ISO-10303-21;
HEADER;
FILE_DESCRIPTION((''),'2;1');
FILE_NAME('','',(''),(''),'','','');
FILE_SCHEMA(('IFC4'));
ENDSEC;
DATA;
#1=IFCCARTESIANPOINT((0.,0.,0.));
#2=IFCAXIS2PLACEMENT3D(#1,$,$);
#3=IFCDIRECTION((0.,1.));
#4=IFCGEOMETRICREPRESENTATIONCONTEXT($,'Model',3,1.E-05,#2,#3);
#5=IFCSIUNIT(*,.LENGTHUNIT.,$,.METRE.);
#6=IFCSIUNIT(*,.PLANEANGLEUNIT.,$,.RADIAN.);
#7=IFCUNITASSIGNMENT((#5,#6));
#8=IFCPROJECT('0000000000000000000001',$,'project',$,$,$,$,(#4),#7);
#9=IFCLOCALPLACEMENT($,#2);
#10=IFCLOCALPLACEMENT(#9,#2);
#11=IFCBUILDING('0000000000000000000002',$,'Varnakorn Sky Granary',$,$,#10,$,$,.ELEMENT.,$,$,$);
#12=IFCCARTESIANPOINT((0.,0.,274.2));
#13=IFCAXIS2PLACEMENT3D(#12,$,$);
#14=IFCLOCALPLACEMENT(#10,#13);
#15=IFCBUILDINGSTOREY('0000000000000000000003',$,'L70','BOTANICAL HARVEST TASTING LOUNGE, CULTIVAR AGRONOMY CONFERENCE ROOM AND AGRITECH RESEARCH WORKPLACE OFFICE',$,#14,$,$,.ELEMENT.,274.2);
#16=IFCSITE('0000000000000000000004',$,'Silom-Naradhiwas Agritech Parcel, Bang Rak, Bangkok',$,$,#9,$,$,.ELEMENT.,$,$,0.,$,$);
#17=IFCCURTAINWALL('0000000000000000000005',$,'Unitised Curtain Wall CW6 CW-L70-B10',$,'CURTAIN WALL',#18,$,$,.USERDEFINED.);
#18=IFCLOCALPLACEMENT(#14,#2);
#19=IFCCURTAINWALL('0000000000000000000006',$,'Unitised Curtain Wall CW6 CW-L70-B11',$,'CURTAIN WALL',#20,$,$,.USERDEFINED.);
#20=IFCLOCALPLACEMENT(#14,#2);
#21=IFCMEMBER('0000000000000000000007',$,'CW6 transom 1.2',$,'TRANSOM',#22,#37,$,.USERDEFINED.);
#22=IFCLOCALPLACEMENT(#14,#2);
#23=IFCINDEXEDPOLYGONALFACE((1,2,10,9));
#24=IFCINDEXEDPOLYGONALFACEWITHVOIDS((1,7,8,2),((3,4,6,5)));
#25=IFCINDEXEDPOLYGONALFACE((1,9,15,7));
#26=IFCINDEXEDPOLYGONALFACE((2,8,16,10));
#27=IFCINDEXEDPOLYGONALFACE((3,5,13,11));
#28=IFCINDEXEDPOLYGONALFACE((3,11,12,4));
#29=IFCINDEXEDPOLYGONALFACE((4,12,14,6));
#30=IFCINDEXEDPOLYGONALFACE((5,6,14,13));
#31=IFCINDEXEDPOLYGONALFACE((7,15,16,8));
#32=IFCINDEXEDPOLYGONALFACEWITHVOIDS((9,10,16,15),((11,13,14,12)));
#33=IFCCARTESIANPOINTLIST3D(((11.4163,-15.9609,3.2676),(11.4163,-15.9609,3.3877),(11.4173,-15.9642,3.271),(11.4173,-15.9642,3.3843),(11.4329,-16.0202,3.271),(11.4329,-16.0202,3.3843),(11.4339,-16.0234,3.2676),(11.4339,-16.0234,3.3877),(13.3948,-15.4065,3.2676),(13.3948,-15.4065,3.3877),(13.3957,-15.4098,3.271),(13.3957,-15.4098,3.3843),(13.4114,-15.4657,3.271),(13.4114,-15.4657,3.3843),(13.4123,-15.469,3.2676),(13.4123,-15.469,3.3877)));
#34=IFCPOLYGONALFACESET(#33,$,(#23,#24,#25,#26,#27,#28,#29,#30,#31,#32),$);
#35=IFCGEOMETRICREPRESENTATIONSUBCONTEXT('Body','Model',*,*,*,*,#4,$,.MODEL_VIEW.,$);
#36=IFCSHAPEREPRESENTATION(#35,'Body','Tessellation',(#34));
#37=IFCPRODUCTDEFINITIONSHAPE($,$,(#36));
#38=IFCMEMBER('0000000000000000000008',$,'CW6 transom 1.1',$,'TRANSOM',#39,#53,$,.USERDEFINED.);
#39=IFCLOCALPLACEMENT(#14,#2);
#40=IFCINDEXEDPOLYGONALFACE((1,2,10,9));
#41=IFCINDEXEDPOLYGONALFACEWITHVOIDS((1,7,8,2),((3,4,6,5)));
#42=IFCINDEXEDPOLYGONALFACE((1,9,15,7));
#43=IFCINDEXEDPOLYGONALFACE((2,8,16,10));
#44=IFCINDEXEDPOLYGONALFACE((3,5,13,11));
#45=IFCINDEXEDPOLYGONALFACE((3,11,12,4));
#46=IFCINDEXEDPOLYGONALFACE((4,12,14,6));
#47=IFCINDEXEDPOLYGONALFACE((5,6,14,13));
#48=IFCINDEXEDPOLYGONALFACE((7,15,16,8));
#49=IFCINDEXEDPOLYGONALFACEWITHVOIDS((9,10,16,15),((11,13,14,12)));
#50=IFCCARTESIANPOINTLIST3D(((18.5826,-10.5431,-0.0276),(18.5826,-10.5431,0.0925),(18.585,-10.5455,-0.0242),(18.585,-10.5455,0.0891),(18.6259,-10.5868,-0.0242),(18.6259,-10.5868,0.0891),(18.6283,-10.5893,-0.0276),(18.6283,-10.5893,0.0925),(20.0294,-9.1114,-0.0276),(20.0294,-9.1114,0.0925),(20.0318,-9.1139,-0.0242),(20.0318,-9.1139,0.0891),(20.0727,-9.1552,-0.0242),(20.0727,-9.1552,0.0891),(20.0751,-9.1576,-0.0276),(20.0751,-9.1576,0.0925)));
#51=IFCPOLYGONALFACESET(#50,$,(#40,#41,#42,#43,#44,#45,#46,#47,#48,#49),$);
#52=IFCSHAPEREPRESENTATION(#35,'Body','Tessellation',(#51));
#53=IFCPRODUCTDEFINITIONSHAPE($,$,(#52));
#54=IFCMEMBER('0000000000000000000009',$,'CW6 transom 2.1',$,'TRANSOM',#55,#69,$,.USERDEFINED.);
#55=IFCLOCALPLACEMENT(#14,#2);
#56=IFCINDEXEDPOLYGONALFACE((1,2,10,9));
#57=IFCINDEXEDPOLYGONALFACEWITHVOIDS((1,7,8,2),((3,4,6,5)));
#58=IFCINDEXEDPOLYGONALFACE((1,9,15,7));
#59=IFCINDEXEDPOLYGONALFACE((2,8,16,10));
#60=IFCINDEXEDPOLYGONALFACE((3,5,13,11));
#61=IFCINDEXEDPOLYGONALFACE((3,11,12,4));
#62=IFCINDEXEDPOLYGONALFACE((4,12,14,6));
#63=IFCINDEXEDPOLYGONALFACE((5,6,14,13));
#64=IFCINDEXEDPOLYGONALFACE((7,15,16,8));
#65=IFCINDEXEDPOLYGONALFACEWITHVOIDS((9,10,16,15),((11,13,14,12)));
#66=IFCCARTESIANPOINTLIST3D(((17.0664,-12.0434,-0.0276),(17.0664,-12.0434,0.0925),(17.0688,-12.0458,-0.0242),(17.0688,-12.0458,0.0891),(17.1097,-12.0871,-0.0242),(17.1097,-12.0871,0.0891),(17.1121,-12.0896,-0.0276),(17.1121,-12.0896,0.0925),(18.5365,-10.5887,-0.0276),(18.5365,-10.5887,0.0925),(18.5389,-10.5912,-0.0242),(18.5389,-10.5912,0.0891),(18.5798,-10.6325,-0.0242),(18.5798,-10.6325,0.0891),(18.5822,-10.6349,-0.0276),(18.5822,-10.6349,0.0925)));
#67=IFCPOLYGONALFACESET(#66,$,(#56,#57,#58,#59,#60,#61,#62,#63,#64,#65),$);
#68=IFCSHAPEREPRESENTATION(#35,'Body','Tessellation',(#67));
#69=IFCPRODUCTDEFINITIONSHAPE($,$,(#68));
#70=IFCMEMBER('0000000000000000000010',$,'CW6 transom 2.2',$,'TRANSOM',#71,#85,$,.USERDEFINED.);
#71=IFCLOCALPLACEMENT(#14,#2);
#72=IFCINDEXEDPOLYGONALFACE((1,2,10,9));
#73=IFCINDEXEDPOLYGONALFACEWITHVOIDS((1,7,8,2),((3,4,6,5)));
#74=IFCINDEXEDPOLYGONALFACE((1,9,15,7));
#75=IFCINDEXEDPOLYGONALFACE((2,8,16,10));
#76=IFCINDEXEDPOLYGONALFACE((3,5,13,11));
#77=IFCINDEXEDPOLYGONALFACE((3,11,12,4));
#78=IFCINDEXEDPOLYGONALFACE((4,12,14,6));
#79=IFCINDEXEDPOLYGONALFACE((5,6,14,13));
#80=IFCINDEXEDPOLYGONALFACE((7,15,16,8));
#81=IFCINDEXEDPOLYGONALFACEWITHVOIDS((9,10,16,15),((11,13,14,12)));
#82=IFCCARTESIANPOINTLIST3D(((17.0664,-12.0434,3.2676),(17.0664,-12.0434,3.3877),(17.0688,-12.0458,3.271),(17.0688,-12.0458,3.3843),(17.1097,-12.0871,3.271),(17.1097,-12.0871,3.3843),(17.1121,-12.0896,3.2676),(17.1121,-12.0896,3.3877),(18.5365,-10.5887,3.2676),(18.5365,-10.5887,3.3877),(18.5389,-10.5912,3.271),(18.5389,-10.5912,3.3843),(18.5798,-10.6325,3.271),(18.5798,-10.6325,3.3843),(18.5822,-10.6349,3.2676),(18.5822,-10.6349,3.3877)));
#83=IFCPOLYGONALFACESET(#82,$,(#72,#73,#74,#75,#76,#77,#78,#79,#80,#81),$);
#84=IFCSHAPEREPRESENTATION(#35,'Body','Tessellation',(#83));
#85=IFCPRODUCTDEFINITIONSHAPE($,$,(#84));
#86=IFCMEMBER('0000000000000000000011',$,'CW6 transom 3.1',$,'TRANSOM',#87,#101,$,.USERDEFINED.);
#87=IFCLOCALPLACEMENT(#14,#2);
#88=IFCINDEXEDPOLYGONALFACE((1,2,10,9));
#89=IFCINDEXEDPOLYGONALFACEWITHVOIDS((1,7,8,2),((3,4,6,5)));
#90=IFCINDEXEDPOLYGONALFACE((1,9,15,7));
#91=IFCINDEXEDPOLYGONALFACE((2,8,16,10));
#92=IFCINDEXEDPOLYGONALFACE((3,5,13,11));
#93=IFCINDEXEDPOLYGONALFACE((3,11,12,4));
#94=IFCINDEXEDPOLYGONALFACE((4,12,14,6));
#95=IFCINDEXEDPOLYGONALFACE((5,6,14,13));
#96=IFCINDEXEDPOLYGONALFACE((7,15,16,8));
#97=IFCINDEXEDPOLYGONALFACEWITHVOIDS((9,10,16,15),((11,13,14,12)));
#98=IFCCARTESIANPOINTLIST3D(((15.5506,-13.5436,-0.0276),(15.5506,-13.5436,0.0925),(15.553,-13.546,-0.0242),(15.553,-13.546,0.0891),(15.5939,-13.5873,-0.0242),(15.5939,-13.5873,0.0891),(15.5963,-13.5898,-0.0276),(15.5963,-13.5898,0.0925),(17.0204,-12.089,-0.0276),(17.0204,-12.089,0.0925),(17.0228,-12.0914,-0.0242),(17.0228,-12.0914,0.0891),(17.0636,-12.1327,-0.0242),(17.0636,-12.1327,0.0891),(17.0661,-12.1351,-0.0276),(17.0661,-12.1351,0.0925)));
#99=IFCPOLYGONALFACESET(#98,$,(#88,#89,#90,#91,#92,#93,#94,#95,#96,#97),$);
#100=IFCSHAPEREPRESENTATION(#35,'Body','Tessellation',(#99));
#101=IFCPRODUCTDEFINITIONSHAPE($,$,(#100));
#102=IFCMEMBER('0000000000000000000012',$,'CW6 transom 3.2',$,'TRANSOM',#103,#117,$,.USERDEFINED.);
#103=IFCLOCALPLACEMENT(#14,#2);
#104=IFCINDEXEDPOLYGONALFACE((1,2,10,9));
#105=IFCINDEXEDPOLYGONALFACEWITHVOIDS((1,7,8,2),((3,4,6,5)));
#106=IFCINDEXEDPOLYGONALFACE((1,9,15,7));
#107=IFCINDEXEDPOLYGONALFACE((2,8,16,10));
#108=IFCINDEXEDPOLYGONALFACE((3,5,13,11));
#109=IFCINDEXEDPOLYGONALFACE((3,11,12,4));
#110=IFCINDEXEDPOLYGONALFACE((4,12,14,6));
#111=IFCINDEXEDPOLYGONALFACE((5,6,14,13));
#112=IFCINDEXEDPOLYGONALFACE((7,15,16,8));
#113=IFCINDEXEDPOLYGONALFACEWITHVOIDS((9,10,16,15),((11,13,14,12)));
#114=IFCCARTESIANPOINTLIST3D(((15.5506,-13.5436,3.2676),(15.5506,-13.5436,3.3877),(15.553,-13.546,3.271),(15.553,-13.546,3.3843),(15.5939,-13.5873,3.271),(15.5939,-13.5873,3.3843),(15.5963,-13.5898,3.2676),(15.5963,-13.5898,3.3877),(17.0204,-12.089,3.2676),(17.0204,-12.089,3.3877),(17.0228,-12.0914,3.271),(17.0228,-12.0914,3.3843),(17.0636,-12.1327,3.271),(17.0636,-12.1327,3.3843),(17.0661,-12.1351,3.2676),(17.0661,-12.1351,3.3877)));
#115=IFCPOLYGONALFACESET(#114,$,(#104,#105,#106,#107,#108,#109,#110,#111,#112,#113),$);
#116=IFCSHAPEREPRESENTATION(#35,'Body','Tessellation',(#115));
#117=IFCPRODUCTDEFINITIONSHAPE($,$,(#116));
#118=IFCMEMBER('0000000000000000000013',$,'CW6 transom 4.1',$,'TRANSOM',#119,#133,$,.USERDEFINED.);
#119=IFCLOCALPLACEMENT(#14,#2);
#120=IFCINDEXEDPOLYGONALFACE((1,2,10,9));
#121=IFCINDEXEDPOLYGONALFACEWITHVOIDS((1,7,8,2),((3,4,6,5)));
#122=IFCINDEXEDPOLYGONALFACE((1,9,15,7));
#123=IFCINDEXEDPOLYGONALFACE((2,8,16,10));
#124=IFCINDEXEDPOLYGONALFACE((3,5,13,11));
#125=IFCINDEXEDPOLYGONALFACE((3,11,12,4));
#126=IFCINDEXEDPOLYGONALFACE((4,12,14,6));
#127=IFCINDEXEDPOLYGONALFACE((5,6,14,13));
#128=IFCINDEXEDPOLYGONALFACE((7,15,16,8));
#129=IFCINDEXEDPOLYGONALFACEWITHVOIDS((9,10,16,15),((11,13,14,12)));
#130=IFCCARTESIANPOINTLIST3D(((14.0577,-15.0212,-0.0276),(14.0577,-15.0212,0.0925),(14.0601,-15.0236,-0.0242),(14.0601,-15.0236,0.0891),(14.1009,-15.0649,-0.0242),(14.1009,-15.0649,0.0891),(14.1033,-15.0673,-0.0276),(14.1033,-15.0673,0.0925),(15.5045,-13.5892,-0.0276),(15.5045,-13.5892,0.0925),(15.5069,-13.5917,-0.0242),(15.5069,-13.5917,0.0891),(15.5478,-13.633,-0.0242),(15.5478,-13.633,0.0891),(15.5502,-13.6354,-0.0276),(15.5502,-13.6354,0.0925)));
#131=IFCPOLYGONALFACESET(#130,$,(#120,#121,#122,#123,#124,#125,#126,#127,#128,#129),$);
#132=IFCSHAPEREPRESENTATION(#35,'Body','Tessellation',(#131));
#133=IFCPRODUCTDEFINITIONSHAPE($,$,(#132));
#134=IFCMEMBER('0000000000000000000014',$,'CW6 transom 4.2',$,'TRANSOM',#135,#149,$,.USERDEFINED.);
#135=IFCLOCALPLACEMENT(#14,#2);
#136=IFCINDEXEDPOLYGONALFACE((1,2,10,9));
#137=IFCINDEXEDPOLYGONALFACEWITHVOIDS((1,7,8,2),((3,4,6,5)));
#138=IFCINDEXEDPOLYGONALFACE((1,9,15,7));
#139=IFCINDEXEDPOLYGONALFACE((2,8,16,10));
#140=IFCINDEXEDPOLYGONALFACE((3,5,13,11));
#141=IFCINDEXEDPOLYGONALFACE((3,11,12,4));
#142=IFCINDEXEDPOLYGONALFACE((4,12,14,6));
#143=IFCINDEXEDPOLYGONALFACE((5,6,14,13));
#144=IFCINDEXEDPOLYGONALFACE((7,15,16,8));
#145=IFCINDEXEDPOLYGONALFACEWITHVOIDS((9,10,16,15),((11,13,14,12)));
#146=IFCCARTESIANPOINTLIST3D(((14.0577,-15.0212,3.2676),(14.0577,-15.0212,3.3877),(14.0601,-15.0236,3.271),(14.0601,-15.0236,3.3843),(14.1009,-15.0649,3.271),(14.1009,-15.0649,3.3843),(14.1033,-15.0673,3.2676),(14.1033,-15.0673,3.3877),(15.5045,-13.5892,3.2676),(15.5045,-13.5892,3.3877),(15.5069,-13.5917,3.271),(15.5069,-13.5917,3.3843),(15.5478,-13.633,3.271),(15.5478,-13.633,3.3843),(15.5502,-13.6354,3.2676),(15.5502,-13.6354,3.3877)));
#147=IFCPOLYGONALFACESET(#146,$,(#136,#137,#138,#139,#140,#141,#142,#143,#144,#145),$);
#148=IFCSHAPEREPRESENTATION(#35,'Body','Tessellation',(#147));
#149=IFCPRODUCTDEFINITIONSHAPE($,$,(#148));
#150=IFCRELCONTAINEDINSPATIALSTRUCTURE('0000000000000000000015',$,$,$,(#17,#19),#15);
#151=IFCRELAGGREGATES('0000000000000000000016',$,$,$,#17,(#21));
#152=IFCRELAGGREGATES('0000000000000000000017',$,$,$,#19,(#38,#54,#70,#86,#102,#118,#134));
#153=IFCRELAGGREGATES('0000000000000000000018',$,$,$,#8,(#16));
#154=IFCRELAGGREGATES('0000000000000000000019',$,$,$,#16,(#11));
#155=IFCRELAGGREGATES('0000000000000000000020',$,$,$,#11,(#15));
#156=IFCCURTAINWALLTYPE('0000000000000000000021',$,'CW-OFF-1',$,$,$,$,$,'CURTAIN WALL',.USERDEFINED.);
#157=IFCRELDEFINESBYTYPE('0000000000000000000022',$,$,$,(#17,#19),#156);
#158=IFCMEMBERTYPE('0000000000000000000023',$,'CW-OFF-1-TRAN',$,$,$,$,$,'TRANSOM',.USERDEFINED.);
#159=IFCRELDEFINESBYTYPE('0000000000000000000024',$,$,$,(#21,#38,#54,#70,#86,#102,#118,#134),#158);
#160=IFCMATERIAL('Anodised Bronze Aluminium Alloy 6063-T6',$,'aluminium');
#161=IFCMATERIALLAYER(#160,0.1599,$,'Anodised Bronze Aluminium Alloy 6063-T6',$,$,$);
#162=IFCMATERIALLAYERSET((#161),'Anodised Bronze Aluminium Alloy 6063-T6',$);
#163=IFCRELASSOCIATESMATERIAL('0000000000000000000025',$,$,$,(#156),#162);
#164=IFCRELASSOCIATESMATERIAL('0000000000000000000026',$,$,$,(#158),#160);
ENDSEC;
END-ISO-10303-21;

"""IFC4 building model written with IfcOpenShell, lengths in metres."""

from ifc_helpers import new_model, si_unit, direction, frame, origin, origin_2d, place, context, subcontext, project, spatial, hollow_rectangle, extrude, material, layer, layer_set, material_profile, profile_set, type_object, element, aggregate, save


model = new_model("IFC4")

# Units and contexts
model_context = context("Model", 3, precision=1e-05, world=origin(), true_north=direction((0.0, 1.0)))
body_context = subcontext(model_context, "Body", "Model", "MODEL_VIEW")
ifc_project = project(units=[si_unit("LENGTHUNIT", "METRE"), si_unit("PLANEANGLEUNIT", "RADIAN")], contexts=[model_context])

# Site, building, storey
site_placement = place(None, origin())
site = spatial("IfcSite", under=ifc_project, at=site_placement, Name="Silom-Naradhiwas Agritech Parcel, Bang Rak, Bangkok", CompositionType="ELEMENT", RefElevation=0.0)
building_placement = place(site_placement, origin())
building = spatial("IfcBuilding", under=site, at=building_placement, Name="Varnakorn Sky Granary", CompositionType="ELEMENT")
storey_placement = place(building_placement, frame((0.0, 0.0, 274.2)))
storey = spatial("IfcBuildingStorey", under=building, at=storey_placement, Name="L70", Description="BOTANICAL HARVEST TASTING LOUNGE, CULTIVAR AGRONOMY CONFERENCE ROOM AND AGRITECH RESEARCH WORKPLACE OFFICE", CompositionType="ELEMENT", Elevation=274.2)

# Curtain wall
ifc_material_1 = material(Name="Anodised Bronze Aluminium Alloy 6063-T6", Category="aluminium")
ifc_layer_1 = layer(ifc_material_1, 0.1599, Name="Anodised Bronze Aluminium Alloy 6063-T6")
ifc_layer_set_1 = layer_set([ifc_layer_1], Name="Anodised Bronze Aluminium Alloy 6063-T6")
curtain_wall_type = type_object("IfcCurtainWallType", Name="CW-OFF-1", ElementType="CURTAIN WALL", PredefinedType="USERDEFINED", material=ifc_layer_set_1)
curtain_wall_1_placement = place(storey_placement, origin())
curtain_wall_1 = element("IfcCurtainWall", 1, at=curtain_wall_1_placement, inside=storey, type_object=curtain_wall_type, Name="Unitised Curtain Wall CW6 CW-L70-B10", ObjectType="CURTAIN WALL", PredefinedType="USERDEFINED")

# Curtain wall
curtain_wall_2_placement = place(storey_placement, origin())
curtain_wall_2 = element("IfcCurtainWall", 2, at=curtain_wall_2_placement, inside=storey, type_object=curtain_wall_type, Name="Unitised Curtain Wall CW6 CW-L70-B11", ObjectType="CURTAIN WALL", PredefinedType="USERDEFINED")

# Members
ifc_material_profile_1 = material_profile(ifc_material_1, hollow_rectangle(XDim=0.0649, YDim=0.1201, WallThickness=0.0034, at=origin_2d()), Name="ALU TRAN 65x120")
ifc_profile_set_1 = profile_set([ifc_material_profile_1], Name="Anodised Bronze Aluminium Alloy 6063-T6")
member_type_1 = type_object("IfcMemberType", Name="CW-OFF-1-TRAN", ElementType="TRANSOM", PredefinedType="USERDEFINED", material=ifc_profile_set_1)
member_1_placement = place(storey_placement, frame((13.4036, -15.4377, 3.3276), z_axis=(-0.962906, -0.269837, 0.0), x_axis=(0.269837, -0.962906, 0.0)))
member_1 = element("IfcMember", 3, at=member_1_placement, type_object=member_type_1, Name="CW6 transom 1.2", ObjectType="TRANSOM", PredefinedType="USERDEFINED", context=body_context, shape_type="SweptSolid", body=[
    extrude(hollow_rectangle(XDim=0.0649, YDim=0.1201, WallThickness=0.0034, at=origin_2d()), origin(), (0.0, 0.0, 1.0), 2.0547),
])
aggregate(curtain_wall_1, [member_1])
member_2_placement = place(storey_placement, frame((20.0522, -9.1345, 0.0325), z_axis=(-0.710815, -0.703379, 0.0), x_axis=(0.703379, -0.710815, 0.0)))
member_2 = element("IfcMember", 4, at=member_2_placement, type_object=member_type_1, Name="CW6 transom 1.1", ObjectType="TRANSOM", PredefinedType="USERDEFINED", context=body_context, shape_type="SweptSolid", body=[
    extrude(hollow_rectangle(XDim=0.0649, YDim=0.1201, WallThickness=0.0034, at=origin_2d()), origin(), (0.0, 0.0, 1.0), 2.0354),
])
member_3_placement = place(storey_placement, frame((18.5593, -10.6118, 0.0325), z_axis=(-0.710816, -0.703378, 0.0), x_axis=(0.703378, -0.710816, 0.0)))
member_3 = element("IfcMember", 5, at=member_3_placement, type_object=member_type_1, Name="CW6 transom 2.1", ObjectType="TRANSOM", PredefinedType="USERDEFINED", context=body_context, shape_type="SweptSolid", body=[
    extrude(hollow_rectangle(XDim=0.0649, YDim=0.1201, WallThickness=0.0034, at=origin_2d()), origin(), (0.0, 0.0, 1.0), 2.0681),
])
member_4_placement = place(storey_placement, frame((18.5593, -10.6118, 3.3276), z_axis=(-0.710816, -0.703378, 0.0), x_axis=(0.703378, -0.710816, 0.0)))
member_4 = element("IfcMember", 6, at=member_4_placement, type_object=member_type_1, Name="CW6 transom 2.2", ObjectType="TRANSOM", PredefinedType="USERDEFINED", context=body_context, shape_type="SweptSolid", body=[
    extrude(hollow_rectangle(XDim=0.0649, YDim=0.1201, WallThickness=0.0034, at=origin_2d()), origin(), (0.0, 0.0, 1.0), 2.0681),
])
member_5_placement = place(storey_placement, frame((17.0432, -12.1121, 0.0325), z_axis=(-0.710757, -0.703437, 0.0), x_axis=(0.703437, -0.710757, 0.0)))
member_5 = element("IfcMember", 7, at=member_5_placement, type_object=member_type_1, Name="CW6 transom 3.1", ObjectType="TRANSOM", PredefinedType="USERDEFINED", context=body_context, shape_type="SweptSolid", body=[
    extrude(hollow_rectangle(XDim=0.0649, YDim=0.1201, WallThickness=0.0034, at=origin_2d()), origin(), (0.0, 0.0, 1.0), 2.0679),
])
member_6_placement = place(storey_placement, frame((17.0432, -12.1121, 3.3276), z_axis=(-0.710757, -0.703437, 0.0), x_axis=(0.703437, -0.710757, 0.0)))
member_6 = element("IfcMember", 8, at=member_6_placement, type_object=member_type_1, Name="CW6 transom 3.2", ObjectType="TRANSOM", PredefinedType="USERDEFINED", context=body_context, shape_type="SweptSolid", body=[
    extrude(hollow_rectangle(XDim=0.0649, YDim=0.1201, WallThickness=0.0034, at=origin_2d()), origin(), (0.0, 0.0, 1.0), 2.0679),
])
member_7_placement = place(storey_placement, frame((15.5273, -13.6123, 0.0325), z_axis=(-0.710755, -0.703439, 0.0), x_axis=(0.703439, -0.710755, 0.0)))
member_7 = element("IfcMember", 9, at=member_7_placement, type_object=member_type_1, Name="CW6 transom 4.1", ObjectType="TRANSOM", PredefinedType="USERDEFINED", context=body_context, shape_type="SweptSolid", body=[
    extrude(hollow_rectangle(XDim=0.0649, YDim=0.1201, WallThickness=0.0034, at=origin_2d()), origin(), (0.0, 0.0, 1.0), 2.0356),
])
member_8_placement = place(storey_placement, frame((15.5273, -13.6123, 3.3276), z_axis=(-0.710755, -0.703439, 0.0), x_axis=(0.703439, -0.710755, 0.0)))
member_8 = element("IfcMember", 10, at=member_8_placement, type_object=member_type_1, Name="CW6 transom 4.2", ObjectType="TRANSOM", PredefinedType="USERDEFINED", context=body_context, shape_type="SweptSolid", body=[
    extrude(hollow_rectangle(XDim=0.0649, YDim=0.1201, WallThickness=0.0034, at=origin_2d()), origin(), (0.0, 0.0, 1.0), 2.0356),
])

aggregate(curtain_wall_2, [member_2, member_3, member_4, member_5, member_6, member_7, member_8])

save(model, "model.ifc")
